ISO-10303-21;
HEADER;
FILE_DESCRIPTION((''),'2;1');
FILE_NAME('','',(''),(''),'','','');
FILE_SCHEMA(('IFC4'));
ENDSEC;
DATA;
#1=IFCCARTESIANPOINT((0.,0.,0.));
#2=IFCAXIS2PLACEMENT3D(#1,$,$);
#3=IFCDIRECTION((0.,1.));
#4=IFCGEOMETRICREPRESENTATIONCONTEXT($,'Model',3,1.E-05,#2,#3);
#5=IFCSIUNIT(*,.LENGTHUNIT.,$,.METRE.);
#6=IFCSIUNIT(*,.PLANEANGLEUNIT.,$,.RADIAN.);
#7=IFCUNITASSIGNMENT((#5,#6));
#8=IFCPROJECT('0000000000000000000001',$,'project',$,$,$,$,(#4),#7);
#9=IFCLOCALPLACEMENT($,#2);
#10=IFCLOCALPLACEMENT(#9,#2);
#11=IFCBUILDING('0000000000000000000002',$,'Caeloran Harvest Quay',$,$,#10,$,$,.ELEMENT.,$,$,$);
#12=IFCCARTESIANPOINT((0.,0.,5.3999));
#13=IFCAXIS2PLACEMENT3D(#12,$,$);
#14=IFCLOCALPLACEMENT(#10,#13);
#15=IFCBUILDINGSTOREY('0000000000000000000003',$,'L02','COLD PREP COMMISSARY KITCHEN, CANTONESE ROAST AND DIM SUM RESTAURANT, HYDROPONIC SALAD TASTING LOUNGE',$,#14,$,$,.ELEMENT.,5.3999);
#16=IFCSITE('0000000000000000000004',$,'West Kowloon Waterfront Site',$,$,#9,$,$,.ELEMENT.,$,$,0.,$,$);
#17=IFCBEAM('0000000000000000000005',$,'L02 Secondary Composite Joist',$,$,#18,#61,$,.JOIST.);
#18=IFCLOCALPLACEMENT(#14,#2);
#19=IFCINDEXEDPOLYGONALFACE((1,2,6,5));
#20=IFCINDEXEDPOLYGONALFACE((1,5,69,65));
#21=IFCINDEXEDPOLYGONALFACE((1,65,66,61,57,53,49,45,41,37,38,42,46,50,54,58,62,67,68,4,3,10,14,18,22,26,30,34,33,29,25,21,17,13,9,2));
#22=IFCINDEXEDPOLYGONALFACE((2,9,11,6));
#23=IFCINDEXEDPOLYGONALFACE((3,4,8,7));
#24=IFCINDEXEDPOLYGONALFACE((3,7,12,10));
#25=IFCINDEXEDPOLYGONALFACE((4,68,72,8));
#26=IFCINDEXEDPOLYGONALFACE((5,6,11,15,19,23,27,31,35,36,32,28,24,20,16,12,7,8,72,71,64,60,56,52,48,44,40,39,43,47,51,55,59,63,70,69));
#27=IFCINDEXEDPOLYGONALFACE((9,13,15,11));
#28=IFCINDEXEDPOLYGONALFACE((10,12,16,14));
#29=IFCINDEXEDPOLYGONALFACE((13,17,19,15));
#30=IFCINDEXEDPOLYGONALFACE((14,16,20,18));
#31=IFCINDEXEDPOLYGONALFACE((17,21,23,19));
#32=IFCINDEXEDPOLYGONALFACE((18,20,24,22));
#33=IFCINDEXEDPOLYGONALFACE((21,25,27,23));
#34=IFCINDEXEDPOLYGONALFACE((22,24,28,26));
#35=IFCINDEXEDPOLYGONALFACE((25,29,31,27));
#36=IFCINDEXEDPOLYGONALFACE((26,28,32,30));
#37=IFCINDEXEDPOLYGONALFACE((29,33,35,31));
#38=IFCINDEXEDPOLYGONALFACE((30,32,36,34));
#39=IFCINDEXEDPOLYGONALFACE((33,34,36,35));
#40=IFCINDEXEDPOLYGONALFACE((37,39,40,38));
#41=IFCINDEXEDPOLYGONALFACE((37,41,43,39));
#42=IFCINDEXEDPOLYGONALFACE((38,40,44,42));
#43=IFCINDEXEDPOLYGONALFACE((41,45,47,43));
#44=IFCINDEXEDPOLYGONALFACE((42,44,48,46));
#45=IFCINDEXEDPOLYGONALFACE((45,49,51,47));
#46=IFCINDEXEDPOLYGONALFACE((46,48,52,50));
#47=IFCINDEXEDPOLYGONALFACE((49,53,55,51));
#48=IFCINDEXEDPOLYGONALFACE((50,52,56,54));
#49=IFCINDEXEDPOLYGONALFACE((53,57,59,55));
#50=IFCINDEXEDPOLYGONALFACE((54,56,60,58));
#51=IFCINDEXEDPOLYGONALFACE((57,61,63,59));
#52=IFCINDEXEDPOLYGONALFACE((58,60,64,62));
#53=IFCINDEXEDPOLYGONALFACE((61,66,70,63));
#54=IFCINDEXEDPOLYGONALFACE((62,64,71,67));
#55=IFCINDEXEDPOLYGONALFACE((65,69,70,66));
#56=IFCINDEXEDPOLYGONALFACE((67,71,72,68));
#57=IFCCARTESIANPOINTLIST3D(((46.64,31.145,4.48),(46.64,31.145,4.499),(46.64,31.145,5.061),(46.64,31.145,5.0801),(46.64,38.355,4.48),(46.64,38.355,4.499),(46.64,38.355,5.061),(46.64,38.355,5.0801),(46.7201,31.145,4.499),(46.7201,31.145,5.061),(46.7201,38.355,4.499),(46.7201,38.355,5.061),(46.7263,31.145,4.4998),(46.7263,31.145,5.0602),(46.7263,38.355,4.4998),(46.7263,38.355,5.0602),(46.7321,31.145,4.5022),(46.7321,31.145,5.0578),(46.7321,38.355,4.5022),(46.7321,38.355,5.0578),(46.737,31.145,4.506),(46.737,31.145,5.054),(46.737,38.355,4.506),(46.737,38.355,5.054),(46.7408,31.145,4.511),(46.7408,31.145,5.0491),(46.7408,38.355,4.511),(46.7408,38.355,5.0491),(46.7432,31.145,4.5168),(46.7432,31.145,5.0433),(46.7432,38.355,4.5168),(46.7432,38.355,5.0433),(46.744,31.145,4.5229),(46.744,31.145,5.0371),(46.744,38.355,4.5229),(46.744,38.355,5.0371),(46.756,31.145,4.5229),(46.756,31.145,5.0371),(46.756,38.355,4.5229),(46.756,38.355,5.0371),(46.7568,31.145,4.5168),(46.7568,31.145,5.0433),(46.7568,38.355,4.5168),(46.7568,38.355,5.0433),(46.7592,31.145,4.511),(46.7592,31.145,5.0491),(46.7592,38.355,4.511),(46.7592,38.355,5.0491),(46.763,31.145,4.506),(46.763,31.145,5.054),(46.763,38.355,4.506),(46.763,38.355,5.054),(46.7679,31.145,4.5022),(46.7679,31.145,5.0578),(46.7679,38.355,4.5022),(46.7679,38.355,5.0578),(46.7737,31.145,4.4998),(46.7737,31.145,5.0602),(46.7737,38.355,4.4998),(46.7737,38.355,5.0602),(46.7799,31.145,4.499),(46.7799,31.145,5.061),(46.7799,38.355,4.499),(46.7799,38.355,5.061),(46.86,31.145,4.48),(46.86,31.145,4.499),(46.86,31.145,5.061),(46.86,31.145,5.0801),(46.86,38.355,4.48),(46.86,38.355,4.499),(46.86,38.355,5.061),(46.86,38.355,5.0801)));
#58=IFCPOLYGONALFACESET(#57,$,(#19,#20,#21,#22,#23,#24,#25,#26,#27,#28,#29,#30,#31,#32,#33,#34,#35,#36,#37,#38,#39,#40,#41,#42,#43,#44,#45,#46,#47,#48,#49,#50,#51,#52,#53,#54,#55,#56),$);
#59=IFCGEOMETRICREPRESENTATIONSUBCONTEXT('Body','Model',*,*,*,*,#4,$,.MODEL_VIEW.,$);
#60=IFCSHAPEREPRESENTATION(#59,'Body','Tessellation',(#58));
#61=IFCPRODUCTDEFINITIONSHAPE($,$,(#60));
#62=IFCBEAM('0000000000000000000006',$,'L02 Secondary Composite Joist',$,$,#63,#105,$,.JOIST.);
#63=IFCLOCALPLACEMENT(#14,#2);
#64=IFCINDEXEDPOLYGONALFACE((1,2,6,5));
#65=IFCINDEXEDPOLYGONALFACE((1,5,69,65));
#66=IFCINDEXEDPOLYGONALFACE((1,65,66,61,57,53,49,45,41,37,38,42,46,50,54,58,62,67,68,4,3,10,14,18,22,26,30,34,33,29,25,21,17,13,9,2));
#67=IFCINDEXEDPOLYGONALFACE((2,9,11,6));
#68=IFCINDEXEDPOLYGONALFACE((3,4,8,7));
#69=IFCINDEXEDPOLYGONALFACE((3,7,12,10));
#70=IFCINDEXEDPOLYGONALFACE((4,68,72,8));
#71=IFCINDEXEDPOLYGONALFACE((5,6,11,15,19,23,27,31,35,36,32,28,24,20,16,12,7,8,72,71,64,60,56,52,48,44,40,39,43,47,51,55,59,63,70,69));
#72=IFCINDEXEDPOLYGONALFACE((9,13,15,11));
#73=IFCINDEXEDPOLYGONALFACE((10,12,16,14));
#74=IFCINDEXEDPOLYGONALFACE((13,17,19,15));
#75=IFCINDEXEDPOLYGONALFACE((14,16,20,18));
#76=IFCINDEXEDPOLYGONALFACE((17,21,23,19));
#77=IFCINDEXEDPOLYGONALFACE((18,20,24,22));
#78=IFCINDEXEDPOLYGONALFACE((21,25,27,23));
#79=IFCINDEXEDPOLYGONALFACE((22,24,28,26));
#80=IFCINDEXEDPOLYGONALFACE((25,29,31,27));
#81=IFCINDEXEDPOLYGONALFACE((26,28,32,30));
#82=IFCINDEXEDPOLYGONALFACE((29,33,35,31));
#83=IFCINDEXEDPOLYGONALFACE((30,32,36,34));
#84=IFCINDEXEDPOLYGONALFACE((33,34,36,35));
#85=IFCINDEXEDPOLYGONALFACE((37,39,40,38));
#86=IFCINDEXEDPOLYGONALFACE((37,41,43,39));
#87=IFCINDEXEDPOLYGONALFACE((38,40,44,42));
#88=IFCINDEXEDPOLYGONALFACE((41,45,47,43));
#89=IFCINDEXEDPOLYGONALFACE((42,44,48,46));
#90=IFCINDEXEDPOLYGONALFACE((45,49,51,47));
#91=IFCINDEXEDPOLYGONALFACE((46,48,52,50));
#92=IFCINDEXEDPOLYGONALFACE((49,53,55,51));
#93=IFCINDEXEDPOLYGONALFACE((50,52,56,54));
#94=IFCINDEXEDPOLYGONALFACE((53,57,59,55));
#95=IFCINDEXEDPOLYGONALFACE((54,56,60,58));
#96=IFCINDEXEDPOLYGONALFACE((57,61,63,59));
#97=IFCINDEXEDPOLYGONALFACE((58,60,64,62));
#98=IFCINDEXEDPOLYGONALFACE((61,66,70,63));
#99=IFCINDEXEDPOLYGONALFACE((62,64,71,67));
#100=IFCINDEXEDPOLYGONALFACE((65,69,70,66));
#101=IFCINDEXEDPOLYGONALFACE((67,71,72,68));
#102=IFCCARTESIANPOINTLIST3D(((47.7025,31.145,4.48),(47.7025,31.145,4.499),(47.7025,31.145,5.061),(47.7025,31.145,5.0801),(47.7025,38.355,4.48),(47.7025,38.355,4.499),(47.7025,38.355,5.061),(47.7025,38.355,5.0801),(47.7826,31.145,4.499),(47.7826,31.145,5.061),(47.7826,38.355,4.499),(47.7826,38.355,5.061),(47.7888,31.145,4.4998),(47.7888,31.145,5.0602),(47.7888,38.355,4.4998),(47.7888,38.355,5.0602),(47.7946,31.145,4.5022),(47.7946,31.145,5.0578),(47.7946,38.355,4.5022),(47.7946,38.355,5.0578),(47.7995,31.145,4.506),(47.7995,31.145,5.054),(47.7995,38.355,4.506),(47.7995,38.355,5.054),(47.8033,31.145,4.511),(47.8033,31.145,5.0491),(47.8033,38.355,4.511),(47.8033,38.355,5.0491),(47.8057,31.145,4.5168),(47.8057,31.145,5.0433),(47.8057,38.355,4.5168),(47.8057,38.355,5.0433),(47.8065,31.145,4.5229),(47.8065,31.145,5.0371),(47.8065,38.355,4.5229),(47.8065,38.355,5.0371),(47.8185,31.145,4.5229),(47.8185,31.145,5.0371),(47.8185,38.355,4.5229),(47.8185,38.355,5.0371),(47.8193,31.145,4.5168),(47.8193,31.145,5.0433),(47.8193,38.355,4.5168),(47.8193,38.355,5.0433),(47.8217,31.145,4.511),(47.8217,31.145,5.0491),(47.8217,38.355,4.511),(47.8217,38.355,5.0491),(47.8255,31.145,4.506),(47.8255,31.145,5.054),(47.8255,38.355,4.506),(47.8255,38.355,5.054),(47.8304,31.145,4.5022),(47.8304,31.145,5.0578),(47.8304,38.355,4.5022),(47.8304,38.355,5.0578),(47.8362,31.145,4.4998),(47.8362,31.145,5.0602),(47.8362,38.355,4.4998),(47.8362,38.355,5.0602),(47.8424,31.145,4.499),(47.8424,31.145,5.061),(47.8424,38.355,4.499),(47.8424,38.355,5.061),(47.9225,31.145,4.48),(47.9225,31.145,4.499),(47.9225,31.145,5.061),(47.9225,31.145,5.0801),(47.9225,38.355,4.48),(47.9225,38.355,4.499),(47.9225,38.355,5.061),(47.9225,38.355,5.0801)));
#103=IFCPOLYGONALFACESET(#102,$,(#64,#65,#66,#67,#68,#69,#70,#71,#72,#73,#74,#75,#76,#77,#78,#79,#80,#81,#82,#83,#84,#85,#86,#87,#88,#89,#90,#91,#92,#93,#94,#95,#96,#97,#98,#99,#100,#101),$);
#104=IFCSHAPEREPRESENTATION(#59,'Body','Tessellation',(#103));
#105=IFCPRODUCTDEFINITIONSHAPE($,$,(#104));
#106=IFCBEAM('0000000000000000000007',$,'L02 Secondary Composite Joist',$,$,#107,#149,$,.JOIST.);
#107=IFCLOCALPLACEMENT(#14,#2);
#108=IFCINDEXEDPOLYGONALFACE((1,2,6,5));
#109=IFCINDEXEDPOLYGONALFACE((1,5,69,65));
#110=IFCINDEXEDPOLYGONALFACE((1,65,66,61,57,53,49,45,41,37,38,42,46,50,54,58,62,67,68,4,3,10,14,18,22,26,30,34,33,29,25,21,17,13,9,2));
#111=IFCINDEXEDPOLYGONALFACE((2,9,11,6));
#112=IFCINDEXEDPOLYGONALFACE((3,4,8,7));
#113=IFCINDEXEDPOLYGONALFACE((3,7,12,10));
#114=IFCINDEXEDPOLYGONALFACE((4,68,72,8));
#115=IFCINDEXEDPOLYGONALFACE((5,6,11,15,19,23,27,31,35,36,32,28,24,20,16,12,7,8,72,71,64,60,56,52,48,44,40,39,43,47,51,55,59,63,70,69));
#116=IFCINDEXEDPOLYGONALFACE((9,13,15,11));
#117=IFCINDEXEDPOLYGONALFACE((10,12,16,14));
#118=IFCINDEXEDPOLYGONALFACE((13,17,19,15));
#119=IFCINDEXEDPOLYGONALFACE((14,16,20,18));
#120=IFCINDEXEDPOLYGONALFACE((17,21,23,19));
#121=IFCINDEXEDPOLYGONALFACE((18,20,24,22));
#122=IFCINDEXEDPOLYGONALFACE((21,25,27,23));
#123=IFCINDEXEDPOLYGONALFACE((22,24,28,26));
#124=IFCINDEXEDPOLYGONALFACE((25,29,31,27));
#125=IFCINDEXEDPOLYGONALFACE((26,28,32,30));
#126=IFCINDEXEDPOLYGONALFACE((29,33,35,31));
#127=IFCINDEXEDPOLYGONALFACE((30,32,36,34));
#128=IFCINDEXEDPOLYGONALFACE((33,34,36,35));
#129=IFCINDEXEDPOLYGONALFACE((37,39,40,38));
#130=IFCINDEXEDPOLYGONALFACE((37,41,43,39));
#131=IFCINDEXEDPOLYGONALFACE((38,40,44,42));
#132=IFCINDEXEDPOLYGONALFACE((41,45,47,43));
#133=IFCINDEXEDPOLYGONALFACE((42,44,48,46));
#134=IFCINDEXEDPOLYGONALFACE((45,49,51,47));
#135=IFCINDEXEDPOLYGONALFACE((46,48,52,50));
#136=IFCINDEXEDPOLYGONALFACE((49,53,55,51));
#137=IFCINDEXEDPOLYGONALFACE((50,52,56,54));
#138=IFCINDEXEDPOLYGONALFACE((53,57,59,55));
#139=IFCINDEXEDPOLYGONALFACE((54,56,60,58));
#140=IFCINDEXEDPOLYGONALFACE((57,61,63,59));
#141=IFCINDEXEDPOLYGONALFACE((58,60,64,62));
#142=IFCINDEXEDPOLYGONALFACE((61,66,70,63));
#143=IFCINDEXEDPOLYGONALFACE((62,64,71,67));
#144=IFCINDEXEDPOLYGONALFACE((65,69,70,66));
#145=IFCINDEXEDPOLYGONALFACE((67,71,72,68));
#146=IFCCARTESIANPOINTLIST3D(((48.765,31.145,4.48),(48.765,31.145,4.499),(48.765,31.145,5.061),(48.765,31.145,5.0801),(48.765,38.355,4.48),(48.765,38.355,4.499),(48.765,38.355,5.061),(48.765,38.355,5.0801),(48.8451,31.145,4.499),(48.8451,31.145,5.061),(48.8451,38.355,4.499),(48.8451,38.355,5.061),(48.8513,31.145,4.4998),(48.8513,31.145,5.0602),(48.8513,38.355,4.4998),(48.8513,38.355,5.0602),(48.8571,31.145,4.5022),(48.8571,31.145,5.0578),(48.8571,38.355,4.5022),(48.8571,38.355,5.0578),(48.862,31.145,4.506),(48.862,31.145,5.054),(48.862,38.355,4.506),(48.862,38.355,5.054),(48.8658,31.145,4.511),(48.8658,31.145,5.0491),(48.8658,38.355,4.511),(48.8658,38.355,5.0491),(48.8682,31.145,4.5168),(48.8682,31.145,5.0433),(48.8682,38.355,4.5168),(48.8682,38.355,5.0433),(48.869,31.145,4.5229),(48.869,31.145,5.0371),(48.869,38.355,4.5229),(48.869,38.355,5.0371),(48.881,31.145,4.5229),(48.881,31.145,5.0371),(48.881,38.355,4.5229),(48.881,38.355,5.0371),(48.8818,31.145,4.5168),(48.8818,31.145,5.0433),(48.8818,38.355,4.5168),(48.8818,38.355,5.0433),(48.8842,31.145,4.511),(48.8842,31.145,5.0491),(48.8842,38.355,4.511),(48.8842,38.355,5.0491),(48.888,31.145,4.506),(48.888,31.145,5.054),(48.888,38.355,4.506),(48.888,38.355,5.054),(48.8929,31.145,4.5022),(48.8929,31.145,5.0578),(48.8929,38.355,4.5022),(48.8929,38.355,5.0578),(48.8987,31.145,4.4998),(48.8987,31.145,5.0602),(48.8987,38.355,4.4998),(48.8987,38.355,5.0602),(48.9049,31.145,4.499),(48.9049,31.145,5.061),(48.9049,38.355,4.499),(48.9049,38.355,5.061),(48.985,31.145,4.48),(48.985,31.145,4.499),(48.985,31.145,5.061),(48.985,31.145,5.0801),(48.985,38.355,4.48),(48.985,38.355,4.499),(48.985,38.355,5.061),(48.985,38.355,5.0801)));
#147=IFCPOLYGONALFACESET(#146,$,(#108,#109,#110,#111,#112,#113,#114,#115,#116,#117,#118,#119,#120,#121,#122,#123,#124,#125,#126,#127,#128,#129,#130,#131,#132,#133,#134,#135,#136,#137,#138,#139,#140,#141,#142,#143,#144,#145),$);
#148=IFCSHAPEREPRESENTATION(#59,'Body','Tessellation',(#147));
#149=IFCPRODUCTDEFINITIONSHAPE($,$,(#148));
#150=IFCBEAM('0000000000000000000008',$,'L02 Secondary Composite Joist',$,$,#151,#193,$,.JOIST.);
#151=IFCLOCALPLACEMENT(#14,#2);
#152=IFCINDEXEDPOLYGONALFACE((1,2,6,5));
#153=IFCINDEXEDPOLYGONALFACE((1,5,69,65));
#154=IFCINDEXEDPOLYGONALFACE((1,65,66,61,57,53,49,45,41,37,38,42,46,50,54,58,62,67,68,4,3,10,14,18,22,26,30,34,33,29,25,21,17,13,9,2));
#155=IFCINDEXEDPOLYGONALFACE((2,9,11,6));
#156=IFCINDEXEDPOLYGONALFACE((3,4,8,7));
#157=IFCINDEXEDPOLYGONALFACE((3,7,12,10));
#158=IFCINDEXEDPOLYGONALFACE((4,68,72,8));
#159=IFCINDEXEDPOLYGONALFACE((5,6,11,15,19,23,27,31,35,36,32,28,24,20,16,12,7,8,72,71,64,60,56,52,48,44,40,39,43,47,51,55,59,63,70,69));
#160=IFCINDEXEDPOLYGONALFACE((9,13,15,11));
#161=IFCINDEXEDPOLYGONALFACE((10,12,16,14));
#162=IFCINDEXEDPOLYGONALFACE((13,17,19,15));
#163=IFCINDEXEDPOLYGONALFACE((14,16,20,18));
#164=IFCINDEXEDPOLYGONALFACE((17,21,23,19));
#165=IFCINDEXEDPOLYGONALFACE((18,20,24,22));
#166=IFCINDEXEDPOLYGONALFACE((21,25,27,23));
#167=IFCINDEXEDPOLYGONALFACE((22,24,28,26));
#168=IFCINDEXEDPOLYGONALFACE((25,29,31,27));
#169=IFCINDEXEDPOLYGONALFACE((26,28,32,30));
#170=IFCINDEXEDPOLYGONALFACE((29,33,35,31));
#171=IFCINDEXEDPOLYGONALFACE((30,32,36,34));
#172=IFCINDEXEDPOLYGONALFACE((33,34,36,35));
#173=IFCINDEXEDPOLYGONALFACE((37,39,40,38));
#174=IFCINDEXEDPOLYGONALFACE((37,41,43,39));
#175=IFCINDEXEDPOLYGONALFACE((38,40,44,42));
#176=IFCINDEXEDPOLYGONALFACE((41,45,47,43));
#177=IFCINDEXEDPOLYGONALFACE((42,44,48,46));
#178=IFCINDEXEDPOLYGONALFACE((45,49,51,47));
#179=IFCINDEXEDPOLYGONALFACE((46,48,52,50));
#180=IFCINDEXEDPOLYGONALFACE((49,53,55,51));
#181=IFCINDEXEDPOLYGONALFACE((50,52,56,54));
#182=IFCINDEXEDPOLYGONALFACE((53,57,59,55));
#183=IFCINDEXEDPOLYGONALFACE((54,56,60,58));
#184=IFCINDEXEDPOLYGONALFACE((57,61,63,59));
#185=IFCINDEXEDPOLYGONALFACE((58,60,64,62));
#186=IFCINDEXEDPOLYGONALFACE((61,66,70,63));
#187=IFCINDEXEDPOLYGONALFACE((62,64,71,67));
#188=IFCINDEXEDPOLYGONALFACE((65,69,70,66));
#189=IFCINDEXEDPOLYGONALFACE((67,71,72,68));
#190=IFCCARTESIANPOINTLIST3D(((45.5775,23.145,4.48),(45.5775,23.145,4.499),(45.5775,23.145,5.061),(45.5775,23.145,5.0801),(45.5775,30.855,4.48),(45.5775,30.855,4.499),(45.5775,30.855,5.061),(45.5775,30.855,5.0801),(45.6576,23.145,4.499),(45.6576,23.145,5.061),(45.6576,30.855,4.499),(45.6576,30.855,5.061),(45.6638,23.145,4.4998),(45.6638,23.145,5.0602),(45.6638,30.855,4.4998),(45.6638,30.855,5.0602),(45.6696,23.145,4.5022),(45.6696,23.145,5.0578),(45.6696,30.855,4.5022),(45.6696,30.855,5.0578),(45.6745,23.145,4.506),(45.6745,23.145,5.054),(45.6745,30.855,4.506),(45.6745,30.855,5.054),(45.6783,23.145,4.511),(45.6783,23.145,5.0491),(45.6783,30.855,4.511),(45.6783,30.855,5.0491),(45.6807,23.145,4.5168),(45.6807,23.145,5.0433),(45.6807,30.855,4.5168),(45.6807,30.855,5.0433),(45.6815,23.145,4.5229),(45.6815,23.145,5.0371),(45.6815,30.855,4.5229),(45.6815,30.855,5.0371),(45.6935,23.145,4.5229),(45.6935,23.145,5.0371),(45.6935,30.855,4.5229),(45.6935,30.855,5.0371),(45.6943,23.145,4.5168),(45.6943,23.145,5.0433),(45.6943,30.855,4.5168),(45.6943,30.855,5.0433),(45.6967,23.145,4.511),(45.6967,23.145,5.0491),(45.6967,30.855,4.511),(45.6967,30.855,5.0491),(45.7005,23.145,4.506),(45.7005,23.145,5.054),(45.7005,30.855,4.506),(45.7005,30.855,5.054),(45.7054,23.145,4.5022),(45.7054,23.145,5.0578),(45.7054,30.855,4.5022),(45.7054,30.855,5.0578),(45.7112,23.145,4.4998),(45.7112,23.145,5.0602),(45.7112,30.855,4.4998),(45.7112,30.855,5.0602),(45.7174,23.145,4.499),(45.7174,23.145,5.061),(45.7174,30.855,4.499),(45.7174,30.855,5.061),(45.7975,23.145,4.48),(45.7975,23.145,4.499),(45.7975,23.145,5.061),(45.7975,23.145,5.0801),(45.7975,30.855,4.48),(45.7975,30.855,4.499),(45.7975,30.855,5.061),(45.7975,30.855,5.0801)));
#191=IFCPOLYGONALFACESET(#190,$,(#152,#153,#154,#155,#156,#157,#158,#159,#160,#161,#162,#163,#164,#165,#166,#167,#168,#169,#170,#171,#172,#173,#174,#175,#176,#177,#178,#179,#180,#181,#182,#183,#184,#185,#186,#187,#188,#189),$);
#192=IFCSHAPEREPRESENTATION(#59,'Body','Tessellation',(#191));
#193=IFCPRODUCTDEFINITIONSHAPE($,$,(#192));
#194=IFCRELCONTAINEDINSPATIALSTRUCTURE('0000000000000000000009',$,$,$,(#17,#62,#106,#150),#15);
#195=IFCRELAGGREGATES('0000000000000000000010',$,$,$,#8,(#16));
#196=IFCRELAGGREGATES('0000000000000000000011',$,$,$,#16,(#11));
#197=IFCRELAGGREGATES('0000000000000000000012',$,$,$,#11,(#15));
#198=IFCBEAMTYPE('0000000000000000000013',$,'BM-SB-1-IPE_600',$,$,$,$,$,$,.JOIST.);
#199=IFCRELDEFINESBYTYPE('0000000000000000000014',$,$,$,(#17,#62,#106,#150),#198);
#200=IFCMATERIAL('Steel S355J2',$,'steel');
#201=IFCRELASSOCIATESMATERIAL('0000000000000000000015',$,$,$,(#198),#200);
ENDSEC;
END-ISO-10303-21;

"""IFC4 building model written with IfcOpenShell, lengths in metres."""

from ifc_helpers import new_model, si_unit, direction, frame, origin, origin_2d, place, context, subcontext, project, spatial, i_section, extrude, material, material_profile, profile_set, type_object, element, save


model = new_model("IFC4")

# Units and contexts
model_context = context("Model", 3, precision=1e-05, world=origin(), true_north=direction((0.0, 1.0)))
body_context = subcontext(model_context, "Body", "Model", "MODEL_VIEW")
ifc_project = project(units=[si_unit("LENGTHUNIT", "METRE"), si_unit("PLANEANGLEUNIT", "RADIAN")], contexts=[model_context])

# Site, building, storey
site_placement = place(None, origin())
site = spatial("IfcSite", under=ifc_project, at=site_placement, Name="West Kowloon Waterfront Site", CompositionType="ELEMENT", RefElevation=0.0)
building_placement = place(site_placement, origin())
building = spatial("IfcBuilding", under=site, at=building_placement, Name="Caeloran Harvest Quay", CompositionType="ELEMENT")
storey_placement = place(building_placement, frame((0.0, 0.0, 5.3999)))
storey = spatial("IfcBuildingStorey", under=building, at=storey_placement, Name="L02", Description="COLD PREP COMMISSARY KITCHEN, CANTONESE ROAST AND DIM SUM RESTAURANT, HYDROPONIC SALAD TASTING LOUNGE", CompositionType="ELEMENT", Elevation=5.3999)

# Beams
ifc_material_1 = material(Name="Steel S355J2", Category="steel")
ifc_material_profile_1 = material_profile(ifc_material_1, i_section(OverallWidth=0.22, OverallDepth=0.6001, WebThickness=0.012, FlangeThickness=0.019, FilletRadius=0.0239, at=origin_2d()), Name="IPE 600")
ifc_profile_set_1 = profile_set([ifc_material_profile_1], Name="Steel S355J2")
beam_type_1 = type_object("IfcBeamType", Name="BM-SB-1-IPE_600", PredefinedType="JOIST", material=ifc_profile_set_1)
for number, where, z_axis, x_axis, name in (
    (1, (46.75, 31.145, 4.78), (0.0, 1.0, 0.0), (-1.0, 0.0, 0.0), "L02 Secondary Composite Joist"),
    (2, (47.8125, 31.145, 4.78), (0.0, 1.0, 0.0), (-1.0, 0.0, 0.0), "L02 Secondary Composite Joist"),
    (3, (48.875, 31.145, 4.78), (0.0, 1.0, 0.0), (-1.0, 0.0, 0.0), "L02 Secondary Composite Joist"),
):
    element("IfcBeam", number, at=place(storey_placement, frame(where, z_axis=z_axis, x_axis=x_axis)), inside=storey, type_object=beam_type_1, Name=name, PredefinedType="JOIST", context=body_context, shape_type="SweptSolid", body=[
        extrude(i_section(OverallWidth=0.22, OverallDepth=0.6001, WebThickness=0.012, FlangeThickness=0.019, FilletRadius=0.0239, at=origin_2d()), origin(), (0.0, 0.0, 1.0), 7.21),
    ])
for number, where, z_axis, x_axis, name in (
    (4, (45.6875, 23.145, 4.78), (0.0, 1.0, 0.0), (-1.0, 0.0, 0.0), "L02 Secondary Composite Joist"),
):
    element("IfcBeam", number, at=place(storey_placement, frame(where, z_axis=z_axis, x_axis=x_axis)), inside=storey, type_object=beam_type_1, Name=name, PredefinedType="JOIST", context=body_context, shape_type="SweptSolid", body=[
        extrude(i_section(OverallWidth=0.22, OverallDepth=0.6001, WebThickness=0.012, FlangeThickness=0.019, FilletRadius=0.0239, at=origin_2d()), origin(), (0.0, 0.0, 1.0), 7.71),
    ])

save(model, "model.ifc")
